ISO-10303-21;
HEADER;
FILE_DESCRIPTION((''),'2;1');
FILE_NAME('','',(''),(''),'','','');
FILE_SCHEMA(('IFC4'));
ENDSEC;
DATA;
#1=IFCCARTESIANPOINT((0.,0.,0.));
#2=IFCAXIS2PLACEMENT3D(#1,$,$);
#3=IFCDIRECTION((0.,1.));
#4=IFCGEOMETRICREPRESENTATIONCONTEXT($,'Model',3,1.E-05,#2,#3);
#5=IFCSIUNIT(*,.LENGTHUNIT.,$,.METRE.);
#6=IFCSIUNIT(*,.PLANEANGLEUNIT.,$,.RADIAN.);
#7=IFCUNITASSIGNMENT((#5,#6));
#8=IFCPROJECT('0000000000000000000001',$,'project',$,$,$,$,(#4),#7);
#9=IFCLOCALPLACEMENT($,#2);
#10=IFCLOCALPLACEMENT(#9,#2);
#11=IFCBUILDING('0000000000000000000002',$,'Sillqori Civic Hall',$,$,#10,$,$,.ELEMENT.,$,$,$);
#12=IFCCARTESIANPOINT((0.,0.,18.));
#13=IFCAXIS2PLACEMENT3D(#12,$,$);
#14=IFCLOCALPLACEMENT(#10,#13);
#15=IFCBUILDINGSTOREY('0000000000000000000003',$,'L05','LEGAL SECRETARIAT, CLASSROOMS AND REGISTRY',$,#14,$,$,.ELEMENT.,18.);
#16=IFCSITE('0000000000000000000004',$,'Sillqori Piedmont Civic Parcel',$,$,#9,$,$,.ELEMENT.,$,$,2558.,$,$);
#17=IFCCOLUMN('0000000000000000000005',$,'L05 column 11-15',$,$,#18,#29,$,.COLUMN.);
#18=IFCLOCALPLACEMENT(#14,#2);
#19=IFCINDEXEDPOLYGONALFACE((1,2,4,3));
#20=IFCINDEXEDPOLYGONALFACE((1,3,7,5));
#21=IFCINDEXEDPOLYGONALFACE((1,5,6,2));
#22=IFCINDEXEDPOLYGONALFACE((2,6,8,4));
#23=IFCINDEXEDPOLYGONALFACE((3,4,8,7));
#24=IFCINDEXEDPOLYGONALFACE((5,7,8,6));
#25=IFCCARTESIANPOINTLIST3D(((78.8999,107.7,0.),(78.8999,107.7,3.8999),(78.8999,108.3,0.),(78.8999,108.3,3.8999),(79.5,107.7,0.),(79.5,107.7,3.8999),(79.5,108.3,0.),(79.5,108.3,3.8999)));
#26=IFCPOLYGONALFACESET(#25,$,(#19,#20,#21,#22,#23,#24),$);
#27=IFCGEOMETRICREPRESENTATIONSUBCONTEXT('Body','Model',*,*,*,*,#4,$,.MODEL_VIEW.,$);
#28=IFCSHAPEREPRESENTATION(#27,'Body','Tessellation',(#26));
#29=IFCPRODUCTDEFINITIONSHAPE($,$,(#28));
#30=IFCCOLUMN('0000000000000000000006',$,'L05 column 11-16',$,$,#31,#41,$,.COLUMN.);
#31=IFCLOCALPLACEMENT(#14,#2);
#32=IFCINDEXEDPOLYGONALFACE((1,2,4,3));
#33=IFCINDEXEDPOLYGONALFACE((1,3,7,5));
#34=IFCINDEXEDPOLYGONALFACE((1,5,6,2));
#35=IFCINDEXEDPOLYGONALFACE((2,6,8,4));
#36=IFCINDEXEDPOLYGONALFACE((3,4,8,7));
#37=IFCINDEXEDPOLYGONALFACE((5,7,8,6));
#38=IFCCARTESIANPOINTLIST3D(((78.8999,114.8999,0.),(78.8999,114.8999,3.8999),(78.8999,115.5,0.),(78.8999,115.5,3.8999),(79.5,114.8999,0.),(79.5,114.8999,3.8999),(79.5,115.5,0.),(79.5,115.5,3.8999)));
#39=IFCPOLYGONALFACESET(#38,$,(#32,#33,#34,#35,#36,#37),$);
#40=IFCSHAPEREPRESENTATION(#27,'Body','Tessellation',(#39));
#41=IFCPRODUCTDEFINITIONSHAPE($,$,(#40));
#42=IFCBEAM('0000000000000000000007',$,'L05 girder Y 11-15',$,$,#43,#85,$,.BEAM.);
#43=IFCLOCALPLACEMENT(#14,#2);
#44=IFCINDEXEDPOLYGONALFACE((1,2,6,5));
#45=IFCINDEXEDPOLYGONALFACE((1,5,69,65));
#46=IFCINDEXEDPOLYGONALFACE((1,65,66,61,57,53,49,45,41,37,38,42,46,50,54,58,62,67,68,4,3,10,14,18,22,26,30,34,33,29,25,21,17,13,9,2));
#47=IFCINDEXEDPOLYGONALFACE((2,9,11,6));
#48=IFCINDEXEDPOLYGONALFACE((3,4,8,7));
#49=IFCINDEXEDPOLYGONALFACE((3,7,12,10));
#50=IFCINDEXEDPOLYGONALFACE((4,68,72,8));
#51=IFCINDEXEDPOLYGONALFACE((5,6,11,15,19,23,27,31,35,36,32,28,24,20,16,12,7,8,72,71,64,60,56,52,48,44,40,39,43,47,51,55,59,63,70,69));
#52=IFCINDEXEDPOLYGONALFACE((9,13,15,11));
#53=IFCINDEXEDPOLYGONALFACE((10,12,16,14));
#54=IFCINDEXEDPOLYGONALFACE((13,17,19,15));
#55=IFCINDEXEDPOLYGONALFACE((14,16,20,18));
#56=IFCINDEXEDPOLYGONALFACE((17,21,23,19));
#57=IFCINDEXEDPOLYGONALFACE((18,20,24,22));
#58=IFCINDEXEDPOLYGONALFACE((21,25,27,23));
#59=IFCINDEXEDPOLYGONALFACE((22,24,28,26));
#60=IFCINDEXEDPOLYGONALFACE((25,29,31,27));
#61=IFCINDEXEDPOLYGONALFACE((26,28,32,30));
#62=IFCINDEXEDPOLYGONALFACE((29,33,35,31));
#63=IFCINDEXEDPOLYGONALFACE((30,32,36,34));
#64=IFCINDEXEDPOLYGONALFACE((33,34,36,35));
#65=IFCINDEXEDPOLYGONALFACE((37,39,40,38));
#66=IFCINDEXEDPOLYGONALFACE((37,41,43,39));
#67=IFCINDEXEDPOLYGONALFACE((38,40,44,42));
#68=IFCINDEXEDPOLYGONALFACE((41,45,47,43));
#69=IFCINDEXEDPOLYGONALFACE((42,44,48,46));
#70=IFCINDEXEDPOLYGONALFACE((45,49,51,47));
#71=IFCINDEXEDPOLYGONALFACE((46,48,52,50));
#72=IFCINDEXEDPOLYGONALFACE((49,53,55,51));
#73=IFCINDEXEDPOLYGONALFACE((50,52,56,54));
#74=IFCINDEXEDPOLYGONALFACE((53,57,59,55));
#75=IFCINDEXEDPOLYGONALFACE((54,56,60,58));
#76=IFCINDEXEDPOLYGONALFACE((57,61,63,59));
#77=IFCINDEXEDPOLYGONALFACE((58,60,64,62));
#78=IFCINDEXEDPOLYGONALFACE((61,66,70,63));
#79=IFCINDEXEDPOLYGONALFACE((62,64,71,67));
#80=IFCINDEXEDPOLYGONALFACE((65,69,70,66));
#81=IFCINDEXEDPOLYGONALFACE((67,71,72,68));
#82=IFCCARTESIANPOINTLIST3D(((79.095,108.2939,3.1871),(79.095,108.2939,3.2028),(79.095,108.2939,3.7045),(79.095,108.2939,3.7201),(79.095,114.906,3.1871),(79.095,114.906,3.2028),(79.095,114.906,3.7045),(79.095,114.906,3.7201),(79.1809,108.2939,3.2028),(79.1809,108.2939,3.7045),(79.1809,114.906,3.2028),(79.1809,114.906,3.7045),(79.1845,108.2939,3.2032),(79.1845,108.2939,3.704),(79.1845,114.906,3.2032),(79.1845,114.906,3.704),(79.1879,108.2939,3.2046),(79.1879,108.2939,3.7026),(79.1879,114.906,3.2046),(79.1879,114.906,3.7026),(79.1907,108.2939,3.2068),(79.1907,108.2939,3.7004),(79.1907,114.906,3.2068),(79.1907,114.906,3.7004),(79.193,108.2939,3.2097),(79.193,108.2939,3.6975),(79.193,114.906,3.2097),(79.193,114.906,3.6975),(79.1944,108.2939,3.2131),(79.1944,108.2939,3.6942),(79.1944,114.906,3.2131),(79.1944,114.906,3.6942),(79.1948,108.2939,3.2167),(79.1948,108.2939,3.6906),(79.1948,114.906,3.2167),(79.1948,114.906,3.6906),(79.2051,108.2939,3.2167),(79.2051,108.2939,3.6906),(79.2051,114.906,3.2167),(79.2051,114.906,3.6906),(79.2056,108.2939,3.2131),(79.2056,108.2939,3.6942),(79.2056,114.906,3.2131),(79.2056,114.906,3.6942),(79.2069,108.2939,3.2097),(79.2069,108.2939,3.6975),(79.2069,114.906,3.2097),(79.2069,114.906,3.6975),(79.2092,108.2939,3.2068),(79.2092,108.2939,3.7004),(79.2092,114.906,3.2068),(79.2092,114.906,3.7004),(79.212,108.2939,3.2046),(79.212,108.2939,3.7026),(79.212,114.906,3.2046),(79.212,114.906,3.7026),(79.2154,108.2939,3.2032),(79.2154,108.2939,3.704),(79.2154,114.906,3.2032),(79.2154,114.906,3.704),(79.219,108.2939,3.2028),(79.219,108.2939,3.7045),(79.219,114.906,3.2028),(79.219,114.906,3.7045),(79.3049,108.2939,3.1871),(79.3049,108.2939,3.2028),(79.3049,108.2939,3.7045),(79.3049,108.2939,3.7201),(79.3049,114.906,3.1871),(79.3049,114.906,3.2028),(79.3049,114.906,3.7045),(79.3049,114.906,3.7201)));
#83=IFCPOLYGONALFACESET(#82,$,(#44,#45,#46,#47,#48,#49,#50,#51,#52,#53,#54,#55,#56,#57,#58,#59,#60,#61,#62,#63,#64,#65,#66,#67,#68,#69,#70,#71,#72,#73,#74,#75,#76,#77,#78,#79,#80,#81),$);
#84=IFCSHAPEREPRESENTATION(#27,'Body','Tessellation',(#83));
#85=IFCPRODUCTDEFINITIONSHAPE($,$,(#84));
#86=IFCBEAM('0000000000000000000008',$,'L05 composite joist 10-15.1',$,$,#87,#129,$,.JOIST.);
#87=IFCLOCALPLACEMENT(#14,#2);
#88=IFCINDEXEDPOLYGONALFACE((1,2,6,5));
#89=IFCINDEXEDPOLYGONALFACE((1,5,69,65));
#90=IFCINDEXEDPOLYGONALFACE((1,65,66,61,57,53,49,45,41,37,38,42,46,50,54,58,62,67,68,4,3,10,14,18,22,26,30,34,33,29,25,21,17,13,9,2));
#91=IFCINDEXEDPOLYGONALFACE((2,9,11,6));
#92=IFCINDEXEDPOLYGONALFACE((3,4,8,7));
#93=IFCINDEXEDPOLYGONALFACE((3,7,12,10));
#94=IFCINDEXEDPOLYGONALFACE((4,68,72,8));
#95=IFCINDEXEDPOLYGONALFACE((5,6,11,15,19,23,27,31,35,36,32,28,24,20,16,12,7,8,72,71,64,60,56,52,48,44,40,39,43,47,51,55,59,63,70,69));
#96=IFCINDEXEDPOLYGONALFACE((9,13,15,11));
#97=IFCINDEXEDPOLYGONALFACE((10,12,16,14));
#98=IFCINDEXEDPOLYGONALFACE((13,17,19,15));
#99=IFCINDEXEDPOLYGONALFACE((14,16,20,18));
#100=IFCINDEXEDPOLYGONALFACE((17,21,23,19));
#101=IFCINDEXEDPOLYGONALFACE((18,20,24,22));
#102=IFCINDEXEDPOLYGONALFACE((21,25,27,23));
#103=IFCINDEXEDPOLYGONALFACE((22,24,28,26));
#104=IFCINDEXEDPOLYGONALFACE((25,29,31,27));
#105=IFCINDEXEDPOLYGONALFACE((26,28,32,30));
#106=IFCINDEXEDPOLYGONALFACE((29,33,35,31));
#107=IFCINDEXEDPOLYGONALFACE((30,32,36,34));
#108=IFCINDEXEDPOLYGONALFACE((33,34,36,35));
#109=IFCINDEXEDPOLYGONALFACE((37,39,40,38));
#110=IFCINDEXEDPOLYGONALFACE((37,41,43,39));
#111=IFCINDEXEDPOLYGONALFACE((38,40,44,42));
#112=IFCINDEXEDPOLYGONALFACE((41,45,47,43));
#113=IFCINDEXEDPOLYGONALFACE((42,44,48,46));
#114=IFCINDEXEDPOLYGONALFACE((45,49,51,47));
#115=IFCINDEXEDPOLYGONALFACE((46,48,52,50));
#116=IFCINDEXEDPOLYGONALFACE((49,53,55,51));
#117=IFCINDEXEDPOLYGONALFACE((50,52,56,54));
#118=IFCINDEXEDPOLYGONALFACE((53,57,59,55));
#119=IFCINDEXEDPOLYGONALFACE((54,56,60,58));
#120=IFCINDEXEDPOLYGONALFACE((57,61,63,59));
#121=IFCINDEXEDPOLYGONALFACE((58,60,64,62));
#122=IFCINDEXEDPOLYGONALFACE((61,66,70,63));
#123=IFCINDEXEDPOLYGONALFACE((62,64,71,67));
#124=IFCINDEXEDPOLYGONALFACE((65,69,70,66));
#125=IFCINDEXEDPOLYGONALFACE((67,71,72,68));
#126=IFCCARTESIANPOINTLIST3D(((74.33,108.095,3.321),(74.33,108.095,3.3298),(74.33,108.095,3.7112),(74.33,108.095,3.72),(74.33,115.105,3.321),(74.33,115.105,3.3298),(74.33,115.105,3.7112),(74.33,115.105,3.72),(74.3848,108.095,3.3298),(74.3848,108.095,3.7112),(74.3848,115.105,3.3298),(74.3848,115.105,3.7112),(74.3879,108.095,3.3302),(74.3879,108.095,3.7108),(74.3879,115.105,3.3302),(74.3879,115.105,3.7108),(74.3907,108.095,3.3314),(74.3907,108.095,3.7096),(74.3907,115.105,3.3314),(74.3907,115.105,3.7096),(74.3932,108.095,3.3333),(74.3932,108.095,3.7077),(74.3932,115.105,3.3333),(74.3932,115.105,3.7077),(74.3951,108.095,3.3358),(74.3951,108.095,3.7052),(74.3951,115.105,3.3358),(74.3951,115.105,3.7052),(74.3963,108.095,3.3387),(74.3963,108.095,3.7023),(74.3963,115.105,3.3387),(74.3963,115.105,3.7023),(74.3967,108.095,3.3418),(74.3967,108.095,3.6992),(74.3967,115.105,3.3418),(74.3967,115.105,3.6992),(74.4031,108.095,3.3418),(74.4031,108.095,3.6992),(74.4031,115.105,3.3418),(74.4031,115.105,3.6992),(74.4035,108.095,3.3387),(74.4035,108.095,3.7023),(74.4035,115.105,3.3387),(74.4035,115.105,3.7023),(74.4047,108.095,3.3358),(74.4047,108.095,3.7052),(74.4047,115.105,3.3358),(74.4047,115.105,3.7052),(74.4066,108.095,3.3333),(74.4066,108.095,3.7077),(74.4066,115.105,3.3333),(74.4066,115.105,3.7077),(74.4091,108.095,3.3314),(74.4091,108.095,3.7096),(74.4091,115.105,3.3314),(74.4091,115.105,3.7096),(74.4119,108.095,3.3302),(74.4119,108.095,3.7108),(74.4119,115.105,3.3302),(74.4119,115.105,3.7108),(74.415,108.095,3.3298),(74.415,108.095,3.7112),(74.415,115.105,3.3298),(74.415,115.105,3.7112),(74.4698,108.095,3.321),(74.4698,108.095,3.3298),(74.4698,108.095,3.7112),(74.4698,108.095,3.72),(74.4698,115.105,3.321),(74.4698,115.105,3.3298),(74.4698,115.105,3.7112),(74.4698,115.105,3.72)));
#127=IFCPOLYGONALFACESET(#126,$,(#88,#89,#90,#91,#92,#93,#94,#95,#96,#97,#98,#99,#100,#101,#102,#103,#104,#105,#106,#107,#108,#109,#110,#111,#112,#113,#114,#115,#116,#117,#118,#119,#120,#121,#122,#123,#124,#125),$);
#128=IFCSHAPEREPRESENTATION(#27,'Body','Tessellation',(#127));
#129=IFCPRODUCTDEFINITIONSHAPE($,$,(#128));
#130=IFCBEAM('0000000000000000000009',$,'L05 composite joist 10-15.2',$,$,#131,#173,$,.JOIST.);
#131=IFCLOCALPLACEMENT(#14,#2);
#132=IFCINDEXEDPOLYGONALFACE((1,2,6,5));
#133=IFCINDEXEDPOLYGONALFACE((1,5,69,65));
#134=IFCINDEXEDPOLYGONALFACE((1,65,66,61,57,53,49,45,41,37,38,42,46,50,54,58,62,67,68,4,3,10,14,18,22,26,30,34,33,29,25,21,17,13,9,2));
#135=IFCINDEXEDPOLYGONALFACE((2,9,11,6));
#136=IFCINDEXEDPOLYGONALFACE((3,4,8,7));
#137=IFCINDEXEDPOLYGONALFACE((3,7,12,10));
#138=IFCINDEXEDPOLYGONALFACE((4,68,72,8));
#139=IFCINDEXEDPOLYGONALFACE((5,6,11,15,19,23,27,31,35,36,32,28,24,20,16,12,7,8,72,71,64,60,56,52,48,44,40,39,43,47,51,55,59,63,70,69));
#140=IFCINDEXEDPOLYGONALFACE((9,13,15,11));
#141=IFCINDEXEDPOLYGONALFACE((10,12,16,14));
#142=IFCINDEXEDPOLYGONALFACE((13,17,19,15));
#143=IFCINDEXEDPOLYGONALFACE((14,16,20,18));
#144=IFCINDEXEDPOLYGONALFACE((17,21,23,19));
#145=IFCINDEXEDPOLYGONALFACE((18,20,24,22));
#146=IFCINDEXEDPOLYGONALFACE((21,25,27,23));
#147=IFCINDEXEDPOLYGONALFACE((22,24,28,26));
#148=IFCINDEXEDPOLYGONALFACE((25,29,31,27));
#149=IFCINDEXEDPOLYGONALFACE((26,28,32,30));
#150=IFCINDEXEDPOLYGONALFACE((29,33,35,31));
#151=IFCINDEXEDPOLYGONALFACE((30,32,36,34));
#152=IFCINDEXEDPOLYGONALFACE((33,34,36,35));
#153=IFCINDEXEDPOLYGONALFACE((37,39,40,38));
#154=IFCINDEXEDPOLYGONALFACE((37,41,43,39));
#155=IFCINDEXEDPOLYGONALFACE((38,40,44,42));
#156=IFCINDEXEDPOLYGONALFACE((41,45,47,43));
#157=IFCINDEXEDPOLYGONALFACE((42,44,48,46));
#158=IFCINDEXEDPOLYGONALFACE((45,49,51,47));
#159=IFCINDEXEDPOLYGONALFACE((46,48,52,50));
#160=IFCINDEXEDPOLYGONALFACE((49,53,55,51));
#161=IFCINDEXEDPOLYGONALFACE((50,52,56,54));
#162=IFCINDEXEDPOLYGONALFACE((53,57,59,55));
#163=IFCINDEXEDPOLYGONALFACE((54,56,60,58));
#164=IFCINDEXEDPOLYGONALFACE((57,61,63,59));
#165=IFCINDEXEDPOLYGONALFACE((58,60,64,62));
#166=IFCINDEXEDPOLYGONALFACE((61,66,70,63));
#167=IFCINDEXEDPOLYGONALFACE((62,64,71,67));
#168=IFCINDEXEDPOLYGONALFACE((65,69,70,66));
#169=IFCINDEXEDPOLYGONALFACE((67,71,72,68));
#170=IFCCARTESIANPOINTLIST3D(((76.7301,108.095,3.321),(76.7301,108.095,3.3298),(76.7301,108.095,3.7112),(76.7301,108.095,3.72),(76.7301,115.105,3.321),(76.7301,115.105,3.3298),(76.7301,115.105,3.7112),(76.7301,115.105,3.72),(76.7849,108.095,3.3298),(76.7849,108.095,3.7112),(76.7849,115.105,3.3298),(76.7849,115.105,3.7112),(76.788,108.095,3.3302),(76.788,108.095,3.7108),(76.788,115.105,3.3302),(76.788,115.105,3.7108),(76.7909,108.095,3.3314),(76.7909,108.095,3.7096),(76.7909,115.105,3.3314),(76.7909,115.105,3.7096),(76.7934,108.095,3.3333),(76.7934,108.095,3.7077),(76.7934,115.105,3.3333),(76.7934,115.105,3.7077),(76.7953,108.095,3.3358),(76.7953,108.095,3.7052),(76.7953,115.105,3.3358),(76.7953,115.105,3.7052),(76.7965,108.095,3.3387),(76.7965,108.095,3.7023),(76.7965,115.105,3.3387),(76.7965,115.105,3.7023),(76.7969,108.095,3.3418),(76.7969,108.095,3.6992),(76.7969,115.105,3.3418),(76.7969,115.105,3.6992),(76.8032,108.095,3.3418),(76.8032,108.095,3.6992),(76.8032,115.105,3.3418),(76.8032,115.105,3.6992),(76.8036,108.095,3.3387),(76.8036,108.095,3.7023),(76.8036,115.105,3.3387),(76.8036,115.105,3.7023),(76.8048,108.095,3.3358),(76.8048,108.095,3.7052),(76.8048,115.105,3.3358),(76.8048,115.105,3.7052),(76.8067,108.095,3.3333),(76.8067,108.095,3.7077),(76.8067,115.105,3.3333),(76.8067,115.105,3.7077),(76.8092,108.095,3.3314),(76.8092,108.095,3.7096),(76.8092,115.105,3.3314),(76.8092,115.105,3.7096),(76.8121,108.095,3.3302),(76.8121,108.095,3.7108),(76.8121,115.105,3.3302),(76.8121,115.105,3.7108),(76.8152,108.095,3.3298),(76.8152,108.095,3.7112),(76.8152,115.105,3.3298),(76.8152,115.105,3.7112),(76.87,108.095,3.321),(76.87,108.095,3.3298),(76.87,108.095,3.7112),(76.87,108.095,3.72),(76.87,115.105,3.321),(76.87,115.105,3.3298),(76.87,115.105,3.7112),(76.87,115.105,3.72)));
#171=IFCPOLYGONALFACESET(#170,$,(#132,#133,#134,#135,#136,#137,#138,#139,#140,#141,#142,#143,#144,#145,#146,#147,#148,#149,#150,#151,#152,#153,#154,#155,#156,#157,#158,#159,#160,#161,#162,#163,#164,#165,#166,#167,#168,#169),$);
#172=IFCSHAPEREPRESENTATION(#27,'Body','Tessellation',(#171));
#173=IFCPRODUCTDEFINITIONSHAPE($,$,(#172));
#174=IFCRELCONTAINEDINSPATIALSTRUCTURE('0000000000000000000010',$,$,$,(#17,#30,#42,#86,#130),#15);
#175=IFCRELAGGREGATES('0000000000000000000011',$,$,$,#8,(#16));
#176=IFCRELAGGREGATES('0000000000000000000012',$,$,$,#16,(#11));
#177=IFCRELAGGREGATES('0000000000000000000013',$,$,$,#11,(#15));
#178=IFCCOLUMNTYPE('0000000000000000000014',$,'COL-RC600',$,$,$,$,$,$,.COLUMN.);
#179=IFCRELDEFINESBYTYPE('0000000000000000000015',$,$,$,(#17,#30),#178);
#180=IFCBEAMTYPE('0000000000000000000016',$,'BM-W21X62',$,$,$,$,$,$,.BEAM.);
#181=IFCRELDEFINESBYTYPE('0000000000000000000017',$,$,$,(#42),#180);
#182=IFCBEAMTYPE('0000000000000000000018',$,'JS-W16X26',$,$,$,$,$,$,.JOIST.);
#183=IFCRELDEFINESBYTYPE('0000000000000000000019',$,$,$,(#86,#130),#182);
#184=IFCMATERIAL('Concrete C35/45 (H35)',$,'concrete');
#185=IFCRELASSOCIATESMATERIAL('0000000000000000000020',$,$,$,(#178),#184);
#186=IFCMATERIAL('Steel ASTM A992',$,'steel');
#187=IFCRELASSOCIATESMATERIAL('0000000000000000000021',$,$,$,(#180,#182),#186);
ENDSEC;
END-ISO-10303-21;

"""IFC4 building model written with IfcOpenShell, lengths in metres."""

from ifc_helpers import new_model, si_unit, direction, frame, origin, origin_2d, place, context, subcontext, project, spatial, rectangle, i_section, extrude, material, material_profile, profile_set, type_object, element, save


model = new_model("IFC4")

# Units and contexts
model_context = context("Model", 3, precision=1e-05, world=origin(), true_north=direction((0.0, 1.0)))
body_context = subcontext(model_context, "Body", "Model", "MODEL_VIEW")
ifc_project = project(units=[si_unit("LENGTHUNIT", "METRE"), si_unit("PLANEANGLEUNIT", "RADIAN")], contexts=[model_context])

# Site, building, storey
site_placement = place(None, origin())
site = spatial("IfcSite", under=ifc_project, at=site_placement, Name="Sillqori Piedmont Civic Parcel", CompositionType="ELEMENT", RefElevation=2558.0)
building_placement = place(site_placement, origin())
building = spatial("IfcBuilding", under=site, at=building_placement, Name="Sillqori Civic Hall", CompositionType="ELEMENT")
storey_placement = place(building_placement, frame((0.0, 0.0, 18.0)))
storey = spatial("IfcBuildingStorey", under=building, at=storey_placement, Name="L05", Description="LEGAL SECRETARIAT, CLASSROOMS AND REGISTRY", CompositionType="ELEMENT", Elevation=18.0)

# Columns
ifc_material_1 = material(Name="Concrete C35/45 (H35)", Category="concrete")
ifc_material_profile_1 = material_profile(ifc_material_1, rectangle(XDim=0.6001, YDim=0.6001, at=origin_2d()), Name="RC 600x600")
ifc_profile_set_1 = profile_set([ifc_material_profile_1], Name="Concrete C35/45 (H35)")
column_type = type_object("IfcColumnType", Name="COL-RC600", PredefinedType="COLUMN", material=ifc_profile_set_1)
for number, where, z_axis, x_axis, name in (
    (1, (79.2, 108.0, 0.0), (0.0, 0.0, 1.0), (1.0, 0.0, 0.0), "L05 column 11-15"),
    (2, (79.2, 115.2, 0.0), (0.0, 0.0, 1.0), (1.0, 0.0, 0.0), "L05 column 11-16"),
):
    element("IfcColumn", number, at=place(storey_placement, frame(where, z_axis=z_axis, x_axis=x_axis)), inside=storey, type_object=column_type, Name=name, PredefinedType="COLUMN", context=body_context, shape_type="SweptSolid", body=[
        extrude(rectangle(XDim=0.6001, YDim=0.6001, at=origin_2d()), origin(), (0.0, 0.0, 1.0), 3.8999),
    ])

# Beams
ifc_material_2 = material(Name="Steel ASTM A992", Category="steel")
ifc_material_profile_2 = material_profile(ifc_material_2, i_section(OverallWidth=0.21, OverallDepth=0.533, WebThickness=0.0103, FlangeThickness=0.0156, FilletRadius=0.0139, at=origin_2d()), Name="W21X62")
ifc_profile_set_2 = profile_set([ifc_material_profile_2], Name="Steel ASTM A992")
beam_type_1 = type_object("IfcBeamType", Name="BM-W21X62", PredefinedType="BEAM", material=ifc_profile_set_2)
beam_placement = place(storey_placement, frame((79.2, 108.2939, 3.4536), z_axis=(0.0, 1.0, 0.0), x_axis=(-1.0, 0.0, 0.0)))
element("IfcBeam", 3, at=beam_placement, inside=storey, type_object=beam_type_1, Name="L05 girder Y 11-15", PredefinedType="BEAM", context=body_context, shape_type="SweptSolid", body=[
    extrude(i_section(OverallWidth=0.21, OverallDepth=0.533, WebThickness=0.0103, FlangeThickness=0.0156, FilletRadius=0.0139, at=origin_2d()), origin(), (0.0, 0.0, 1.0), 6.6121),
])
ifc_material_profile_3 = material_profile(ifc_material_2, i_section(OverallWidth=0.1399, OverallDepth=0.3989, WebThickness=0.0063, FlangeThickness=0.0088, FilletRadius=0.012, at=origin_2d()), Name="W16X26")
ifc_profile_set_3 = profile_set([ifc_material_profile_3], Name="Steel ASTM A992")
beam_type_2 = type_object("IfcBeamType", Name="JS-W16X26", PredefinedType="JOIST", material=ifc_profile_set_3)
for number, where, z_axis, x_axis, name in (
    (4, (74.3999, 108.095, 3.5205), (0.0, 1.0, 0.0), (-1.0, 0.0, 0.0), "L05 composite joist 10-15.1"),
    (5, (76.8, 108.095, 3.5205), (0.0, 1.0, 0.0), (-1.0, 0.0, 0.0), "L05 composite joist 10-15.2"),
):
    element("IfcBeam", number, at=place(storey_placement, frame(where, z_axis=z_axis, x_axis=x_axis)), inside=storey, type_object=beam_type_2, Name=name, PredefinedType="JOIST", context=body_context, shape_type="SweptSolid", body=[
        extrude(i_section(OverallWidth=0.1399, OverallDepth=0.3989, WebThickness=0.0063, FlangeThickness=0.0088, FilletRadius=0.012, at=origin_2d()), origin(), (0.0, 0.0, 1.0), 7.01),
    ])

save(model, "model.ifc")
